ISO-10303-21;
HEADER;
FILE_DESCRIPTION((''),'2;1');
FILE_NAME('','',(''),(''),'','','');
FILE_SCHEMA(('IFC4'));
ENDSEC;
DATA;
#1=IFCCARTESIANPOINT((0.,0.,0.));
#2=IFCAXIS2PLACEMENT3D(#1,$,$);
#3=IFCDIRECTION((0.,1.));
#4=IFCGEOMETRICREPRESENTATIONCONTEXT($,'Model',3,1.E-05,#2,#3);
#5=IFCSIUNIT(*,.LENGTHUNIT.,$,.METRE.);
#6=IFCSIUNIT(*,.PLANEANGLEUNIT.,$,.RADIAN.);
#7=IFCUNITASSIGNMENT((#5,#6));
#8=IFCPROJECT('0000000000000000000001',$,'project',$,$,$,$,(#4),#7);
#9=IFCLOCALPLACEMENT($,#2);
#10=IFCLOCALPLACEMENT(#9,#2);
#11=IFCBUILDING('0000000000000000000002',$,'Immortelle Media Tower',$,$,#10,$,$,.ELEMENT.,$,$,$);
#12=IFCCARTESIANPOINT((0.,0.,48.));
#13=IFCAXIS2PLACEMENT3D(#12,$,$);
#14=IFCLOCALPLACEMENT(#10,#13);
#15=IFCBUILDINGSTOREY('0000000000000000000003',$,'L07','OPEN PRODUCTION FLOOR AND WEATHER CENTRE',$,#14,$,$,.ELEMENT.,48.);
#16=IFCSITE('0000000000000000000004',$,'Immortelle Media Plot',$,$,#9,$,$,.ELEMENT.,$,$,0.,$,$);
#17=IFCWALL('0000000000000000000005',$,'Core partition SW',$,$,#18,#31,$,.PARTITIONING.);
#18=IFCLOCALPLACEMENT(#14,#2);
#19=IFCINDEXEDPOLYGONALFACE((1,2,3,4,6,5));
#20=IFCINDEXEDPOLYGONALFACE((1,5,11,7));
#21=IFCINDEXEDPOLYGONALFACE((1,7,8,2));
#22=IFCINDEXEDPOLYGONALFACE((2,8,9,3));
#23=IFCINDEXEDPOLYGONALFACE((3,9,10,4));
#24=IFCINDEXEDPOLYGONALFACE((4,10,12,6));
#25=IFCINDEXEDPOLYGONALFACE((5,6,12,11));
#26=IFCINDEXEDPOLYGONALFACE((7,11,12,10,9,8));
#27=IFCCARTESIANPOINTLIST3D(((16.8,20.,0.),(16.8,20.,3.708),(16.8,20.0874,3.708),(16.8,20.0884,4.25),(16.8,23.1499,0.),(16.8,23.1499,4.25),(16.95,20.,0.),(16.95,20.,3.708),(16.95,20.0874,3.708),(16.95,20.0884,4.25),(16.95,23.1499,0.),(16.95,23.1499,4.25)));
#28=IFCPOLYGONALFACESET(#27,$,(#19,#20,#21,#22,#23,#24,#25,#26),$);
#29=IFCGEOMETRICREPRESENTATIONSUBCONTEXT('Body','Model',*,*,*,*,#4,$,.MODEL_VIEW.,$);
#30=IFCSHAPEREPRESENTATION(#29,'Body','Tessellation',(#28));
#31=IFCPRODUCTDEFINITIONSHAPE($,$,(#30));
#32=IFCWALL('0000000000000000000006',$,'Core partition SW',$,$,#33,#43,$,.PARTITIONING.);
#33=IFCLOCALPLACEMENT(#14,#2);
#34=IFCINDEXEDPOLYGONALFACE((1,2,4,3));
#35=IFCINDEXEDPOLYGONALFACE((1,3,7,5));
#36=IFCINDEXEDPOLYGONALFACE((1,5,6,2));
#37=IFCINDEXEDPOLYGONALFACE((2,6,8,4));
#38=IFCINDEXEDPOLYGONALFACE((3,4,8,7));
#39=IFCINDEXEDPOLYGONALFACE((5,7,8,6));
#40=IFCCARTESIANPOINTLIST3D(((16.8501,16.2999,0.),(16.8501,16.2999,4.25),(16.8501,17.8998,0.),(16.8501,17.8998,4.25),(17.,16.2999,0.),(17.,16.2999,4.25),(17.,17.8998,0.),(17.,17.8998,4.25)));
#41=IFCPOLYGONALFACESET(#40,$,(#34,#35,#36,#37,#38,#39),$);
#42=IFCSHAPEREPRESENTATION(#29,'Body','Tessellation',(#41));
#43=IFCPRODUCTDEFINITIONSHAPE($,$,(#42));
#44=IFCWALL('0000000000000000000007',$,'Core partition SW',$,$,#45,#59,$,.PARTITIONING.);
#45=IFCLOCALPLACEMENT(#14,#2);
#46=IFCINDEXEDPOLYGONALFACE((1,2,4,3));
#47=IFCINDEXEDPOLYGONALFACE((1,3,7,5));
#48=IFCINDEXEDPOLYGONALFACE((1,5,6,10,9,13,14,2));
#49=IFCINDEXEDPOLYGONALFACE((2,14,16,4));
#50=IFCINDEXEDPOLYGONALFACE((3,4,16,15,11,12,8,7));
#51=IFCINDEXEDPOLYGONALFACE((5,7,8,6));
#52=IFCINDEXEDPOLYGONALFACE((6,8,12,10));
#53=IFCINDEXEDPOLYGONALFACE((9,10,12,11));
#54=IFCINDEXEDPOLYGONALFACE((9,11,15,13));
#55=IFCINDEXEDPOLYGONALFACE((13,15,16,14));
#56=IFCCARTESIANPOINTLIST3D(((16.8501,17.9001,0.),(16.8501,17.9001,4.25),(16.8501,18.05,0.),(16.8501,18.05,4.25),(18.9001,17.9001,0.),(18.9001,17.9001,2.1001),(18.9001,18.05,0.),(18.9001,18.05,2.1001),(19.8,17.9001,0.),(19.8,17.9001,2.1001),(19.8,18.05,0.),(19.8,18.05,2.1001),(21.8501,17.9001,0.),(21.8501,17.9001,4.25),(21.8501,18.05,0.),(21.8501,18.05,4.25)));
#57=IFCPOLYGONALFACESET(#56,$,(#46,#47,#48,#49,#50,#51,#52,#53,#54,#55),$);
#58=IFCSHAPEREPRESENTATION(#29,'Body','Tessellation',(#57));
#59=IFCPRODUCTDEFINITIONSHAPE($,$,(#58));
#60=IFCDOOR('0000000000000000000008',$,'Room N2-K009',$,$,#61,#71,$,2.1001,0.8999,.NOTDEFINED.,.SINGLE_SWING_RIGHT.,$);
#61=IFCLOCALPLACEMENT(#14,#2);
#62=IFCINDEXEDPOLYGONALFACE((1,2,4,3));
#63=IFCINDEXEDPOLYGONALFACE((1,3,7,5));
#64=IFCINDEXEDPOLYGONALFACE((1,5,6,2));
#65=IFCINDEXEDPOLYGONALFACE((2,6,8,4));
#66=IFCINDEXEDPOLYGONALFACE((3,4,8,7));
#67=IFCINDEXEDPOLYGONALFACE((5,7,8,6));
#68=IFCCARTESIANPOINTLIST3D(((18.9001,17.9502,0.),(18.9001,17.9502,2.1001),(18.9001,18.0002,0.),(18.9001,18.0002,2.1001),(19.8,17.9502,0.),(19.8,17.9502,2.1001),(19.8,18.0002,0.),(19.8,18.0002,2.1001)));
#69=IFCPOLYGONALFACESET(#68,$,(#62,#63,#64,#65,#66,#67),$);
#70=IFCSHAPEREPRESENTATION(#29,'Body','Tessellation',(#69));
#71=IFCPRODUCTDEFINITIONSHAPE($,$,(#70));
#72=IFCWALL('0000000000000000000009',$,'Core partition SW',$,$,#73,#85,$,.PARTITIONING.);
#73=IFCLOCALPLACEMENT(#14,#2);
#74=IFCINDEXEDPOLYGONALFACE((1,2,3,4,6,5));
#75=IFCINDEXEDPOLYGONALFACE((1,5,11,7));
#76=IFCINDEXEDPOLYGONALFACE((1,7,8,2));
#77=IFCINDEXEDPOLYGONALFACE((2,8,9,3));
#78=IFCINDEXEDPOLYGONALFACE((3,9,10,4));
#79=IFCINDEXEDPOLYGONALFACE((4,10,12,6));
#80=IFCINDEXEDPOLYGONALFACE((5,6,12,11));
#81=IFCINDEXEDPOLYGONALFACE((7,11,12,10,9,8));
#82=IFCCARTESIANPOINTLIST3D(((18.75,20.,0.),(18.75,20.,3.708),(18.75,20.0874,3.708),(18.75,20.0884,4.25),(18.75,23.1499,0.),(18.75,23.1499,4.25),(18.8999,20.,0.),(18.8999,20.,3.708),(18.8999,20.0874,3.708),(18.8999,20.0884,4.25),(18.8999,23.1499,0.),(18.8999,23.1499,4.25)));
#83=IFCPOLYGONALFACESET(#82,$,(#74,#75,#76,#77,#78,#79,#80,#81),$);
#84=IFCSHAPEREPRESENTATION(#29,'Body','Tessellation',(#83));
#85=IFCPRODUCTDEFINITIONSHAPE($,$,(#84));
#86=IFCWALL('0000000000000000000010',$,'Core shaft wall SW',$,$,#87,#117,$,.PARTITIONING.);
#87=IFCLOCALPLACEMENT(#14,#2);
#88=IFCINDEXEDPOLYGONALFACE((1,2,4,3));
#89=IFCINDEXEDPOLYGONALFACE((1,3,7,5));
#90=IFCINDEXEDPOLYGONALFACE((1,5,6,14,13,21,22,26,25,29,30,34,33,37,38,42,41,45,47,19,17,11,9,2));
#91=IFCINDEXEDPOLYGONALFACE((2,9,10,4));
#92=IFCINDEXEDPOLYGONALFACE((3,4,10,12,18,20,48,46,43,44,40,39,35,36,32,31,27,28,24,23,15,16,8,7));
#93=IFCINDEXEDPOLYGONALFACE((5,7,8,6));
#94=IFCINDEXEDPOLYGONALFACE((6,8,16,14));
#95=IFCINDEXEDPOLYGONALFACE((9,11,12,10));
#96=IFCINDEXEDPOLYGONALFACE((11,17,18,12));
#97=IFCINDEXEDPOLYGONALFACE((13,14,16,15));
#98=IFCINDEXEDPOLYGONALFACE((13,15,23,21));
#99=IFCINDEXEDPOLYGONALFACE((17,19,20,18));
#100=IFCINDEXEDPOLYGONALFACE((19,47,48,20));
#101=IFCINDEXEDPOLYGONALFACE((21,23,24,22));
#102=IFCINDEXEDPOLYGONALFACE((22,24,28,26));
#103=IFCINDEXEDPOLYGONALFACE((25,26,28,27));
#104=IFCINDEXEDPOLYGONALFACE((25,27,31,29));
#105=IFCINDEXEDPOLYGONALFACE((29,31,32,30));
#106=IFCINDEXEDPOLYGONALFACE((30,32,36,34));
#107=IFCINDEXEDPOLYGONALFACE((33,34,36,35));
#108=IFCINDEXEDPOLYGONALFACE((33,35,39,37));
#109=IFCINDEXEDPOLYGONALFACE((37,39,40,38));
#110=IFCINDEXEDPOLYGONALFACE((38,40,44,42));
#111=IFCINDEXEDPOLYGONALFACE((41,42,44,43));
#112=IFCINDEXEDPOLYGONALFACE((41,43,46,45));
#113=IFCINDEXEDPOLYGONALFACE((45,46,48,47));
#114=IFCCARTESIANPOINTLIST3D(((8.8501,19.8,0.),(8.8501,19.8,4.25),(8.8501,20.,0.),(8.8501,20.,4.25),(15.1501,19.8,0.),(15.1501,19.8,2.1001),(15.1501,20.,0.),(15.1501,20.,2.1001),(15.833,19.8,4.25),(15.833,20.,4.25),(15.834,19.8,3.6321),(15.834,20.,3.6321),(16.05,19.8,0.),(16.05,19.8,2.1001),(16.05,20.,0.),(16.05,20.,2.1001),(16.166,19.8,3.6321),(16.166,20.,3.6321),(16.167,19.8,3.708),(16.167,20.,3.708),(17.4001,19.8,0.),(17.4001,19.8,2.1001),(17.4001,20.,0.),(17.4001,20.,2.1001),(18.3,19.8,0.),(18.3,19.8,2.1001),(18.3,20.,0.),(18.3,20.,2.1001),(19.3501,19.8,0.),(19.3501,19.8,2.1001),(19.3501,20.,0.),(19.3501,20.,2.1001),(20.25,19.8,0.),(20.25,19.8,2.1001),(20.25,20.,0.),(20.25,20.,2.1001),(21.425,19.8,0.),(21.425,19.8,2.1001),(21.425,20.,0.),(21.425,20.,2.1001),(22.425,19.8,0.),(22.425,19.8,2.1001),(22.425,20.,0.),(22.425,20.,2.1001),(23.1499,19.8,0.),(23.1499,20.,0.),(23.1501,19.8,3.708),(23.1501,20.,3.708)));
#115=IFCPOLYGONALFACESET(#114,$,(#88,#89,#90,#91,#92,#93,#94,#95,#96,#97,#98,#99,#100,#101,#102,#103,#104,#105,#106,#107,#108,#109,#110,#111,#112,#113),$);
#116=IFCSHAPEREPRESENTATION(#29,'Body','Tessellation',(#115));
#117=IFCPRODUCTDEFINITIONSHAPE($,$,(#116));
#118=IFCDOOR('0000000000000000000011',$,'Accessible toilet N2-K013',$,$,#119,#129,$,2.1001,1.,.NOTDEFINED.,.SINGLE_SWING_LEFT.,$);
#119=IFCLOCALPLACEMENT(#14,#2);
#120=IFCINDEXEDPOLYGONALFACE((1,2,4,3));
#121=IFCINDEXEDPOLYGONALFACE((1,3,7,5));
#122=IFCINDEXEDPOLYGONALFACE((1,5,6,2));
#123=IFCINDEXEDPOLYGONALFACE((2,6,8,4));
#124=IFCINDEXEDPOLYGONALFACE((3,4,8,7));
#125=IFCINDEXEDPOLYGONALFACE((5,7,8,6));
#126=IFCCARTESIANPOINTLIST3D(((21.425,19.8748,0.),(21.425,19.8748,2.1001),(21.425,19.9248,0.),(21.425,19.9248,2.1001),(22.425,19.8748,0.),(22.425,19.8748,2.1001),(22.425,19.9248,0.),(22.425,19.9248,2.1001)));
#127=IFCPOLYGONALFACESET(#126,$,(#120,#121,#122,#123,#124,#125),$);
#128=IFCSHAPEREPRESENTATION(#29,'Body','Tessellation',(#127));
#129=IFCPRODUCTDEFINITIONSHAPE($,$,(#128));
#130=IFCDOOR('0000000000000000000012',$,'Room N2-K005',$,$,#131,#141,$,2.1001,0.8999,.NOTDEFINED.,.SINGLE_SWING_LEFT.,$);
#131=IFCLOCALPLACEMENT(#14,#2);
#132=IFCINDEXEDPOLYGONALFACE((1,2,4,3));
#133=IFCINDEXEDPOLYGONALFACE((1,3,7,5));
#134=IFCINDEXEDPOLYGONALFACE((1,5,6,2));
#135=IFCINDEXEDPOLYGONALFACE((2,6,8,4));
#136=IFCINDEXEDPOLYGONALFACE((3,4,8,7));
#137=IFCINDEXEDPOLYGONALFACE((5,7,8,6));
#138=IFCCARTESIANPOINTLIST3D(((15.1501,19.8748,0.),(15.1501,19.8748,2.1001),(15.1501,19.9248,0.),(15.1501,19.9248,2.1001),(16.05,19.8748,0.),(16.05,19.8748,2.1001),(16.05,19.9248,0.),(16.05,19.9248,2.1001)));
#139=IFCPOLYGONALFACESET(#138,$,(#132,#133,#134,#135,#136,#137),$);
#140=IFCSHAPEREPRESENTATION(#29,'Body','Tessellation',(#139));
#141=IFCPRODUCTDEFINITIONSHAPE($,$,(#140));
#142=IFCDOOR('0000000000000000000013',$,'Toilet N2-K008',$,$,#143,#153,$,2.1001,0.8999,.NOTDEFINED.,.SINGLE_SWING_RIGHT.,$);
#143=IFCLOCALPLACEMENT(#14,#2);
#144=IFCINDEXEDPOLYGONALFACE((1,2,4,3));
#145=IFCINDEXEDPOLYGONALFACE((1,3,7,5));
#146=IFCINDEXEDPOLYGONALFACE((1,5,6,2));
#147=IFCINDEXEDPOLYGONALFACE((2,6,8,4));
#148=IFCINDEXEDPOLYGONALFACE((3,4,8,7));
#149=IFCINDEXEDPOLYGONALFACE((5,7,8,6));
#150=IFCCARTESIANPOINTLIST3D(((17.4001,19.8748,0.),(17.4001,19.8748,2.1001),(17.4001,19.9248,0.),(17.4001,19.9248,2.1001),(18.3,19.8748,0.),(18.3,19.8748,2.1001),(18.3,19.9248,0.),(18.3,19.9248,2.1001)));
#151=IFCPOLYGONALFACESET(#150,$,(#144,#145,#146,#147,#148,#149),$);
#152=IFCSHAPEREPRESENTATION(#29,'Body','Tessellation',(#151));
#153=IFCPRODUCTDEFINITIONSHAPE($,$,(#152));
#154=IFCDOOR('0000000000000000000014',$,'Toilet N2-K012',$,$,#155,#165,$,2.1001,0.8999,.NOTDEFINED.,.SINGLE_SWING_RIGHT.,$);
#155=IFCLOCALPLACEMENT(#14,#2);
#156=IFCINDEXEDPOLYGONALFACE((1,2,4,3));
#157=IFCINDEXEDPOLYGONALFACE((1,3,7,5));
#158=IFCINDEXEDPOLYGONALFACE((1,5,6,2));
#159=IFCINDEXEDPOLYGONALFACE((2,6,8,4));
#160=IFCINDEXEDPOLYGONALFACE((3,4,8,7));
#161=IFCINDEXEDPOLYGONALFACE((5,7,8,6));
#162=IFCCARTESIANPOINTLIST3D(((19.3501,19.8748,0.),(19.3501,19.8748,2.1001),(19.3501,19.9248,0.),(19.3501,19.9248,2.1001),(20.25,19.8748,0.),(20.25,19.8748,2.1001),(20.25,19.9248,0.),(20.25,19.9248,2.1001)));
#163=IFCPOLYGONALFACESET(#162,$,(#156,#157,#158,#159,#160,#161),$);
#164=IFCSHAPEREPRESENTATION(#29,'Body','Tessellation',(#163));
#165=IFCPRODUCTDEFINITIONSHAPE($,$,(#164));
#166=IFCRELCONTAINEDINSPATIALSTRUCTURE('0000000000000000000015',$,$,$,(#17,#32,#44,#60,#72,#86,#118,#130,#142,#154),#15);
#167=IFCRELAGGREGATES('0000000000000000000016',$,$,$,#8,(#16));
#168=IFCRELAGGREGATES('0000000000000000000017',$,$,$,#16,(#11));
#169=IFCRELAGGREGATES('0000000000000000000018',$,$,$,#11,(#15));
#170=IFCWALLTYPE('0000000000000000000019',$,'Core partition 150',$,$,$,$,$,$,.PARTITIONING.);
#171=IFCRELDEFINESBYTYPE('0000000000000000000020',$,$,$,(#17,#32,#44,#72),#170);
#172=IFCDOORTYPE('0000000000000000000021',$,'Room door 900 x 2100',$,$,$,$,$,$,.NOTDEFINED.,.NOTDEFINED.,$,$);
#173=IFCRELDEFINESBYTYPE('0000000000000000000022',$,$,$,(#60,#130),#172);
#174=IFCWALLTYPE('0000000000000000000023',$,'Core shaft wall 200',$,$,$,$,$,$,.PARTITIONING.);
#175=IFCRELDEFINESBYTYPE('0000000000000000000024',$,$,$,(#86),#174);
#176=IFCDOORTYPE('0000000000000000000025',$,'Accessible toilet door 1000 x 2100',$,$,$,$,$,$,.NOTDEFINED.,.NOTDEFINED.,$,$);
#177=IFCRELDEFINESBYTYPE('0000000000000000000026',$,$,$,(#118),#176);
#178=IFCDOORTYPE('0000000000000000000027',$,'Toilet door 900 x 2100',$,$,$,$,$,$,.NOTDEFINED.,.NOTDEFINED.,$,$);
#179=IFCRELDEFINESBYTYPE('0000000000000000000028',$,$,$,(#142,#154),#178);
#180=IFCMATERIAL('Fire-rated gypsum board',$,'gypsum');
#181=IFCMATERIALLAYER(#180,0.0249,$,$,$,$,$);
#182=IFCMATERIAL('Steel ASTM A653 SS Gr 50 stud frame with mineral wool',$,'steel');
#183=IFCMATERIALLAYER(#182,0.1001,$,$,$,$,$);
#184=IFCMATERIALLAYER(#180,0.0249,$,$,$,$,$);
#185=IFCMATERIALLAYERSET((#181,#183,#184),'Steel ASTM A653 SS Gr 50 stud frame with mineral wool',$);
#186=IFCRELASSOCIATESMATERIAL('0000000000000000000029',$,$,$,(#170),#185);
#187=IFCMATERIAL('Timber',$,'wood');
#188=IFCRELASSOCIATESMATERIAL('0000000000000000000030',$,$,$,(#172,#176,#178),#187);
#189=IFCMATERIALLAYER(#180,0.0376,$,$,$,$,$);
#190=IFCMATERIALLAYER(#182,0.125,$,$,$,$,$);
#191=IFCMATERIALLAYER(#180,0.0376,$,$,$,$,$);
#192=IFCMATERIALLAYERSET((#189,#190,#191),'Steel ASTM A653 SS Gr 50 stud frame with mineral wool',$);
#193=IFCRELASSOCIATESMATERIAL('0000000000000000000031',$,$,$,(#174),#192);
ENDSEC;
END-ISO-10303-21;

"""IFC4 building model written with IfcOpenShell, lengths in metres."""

from ifc_helpers import new_model, si_unit, direction, frame, frame_2d, origin, place, context, subcontext, project, spatial, polyline, rectangle, outline, extrude, material, layer, layer_set, type_object, element, fill, save


model = new_model("IFC4")

# Units and contexts
model_context = context("Model", 3, precision=1e-05, world=origin(), true_north=direction((0.0, 1.0)))
body_context = subcontext(model_context, "Body", "Model", "MODEL_VIEW")
ifc_project = project(units=[si_unit("LENGTHUNIT", "METRE"), si_unit("PLANEANGLEUNIT", "RADIAN")], contexts=[model_context])

# Site, building, storey
site_placement = place(None, origin())
site = spatial("IfcSite", under=ifc_project, at=site_placement, Name="Immortelle Media Plot", CompositionType="ELEMENT", RefElevation=0.0)
building_placement = place(site_placement, origin())
building = spatial("IfcBuilding", under=site, at=building_placement, Name="Immortelle Media Tower", CompositionType="ELEMENT")
storey_placement = place(building_placement, frame((0.0, 0.0, 48.0)))
storey = spatial("IfcBuildingStorey", under=building, at=storey_placement, Name="L07", Description="OPEN PRODUCTION FLOOR AND WEATHER CENTRE", CompositionType="ELEMENT", Elevation=48.0)

# Shared definitions
ifc_material_1 = material(Name="Fire-rated gypsum board", Category="gypsum")
ifc_layer_1 = layer(ifc_material_1, 0.0249)
ifc_material_2 = material(Name="Steel ASTM A653 SS Gr 50 stud frame with mineral wool", Category="steel")
ifc_layer_2 = layer(ifc_material_2, 0.1001)
ifc_layer_3 = layer(ifc_material_1, 0.0249)
ifc_layer_set_1 = layer_set([ifc_layer_1, ifc_layer_2, ifc_layer_3], Name="Steel ASTM A653 SS Gr 50 stud frame with mineral wool")
wall_type_1 = type_object("IfcWallType", Name="Core partition 150", PredefinedType="PARTITIONING", material=ifc_layer_set_1)

# Shared definitions
ifc_material_3 = material(Name="Timber", Category="wood")
door_type_1 = type_object("IfcDoorType", Name="Room door 900 x 2100", OperationType="NOTDEFINED", PredefinedType="NOTDEFINED", material=ifc_material_3)

# Walls
wall_1_placement = place(storey_placement, frame((16.875, 20.0, 0.0), z_axis=(0.0, 0.0, 1.0), x_axis=(0.0, 1.0, 0.0)))
element("IfcWall", 1, at=wall_1_placement, inside=storey, type_object=wall_type_1, Name="Core partition SW", PredefinedType="PARTITIONING", context=body_context, shape_type="SweptSolid", body=[
    extrude(outline(polyline([(0.0, 0.0), (3.1499, 0.0), (3.1499, 4.25), (0.0884, 4.25), (0.0874, 3.708), (0.0, 3.708), (0.0, 0.0)])), frame((0.0, 0.075, 0.0), z_axis=(0.0, -1.0, 0.0), x_axis=(1.0, 0.0, 0.0)), (0.0, 0.0, 1.0), 0.1499),
])
wall_2_placement = place(storey_placement, frame((16.925, 16.3, 0.0), z_axis=(0.0, 0.0, 1.0), x_axis=(0.0, 1.0, 0.0)))
element("IfcWall", 2, at=wall_2_placement, inside=storey, type_object=wall_type_1, Name="Core partition SW", PredefinedType="PARTITIONING", context=body_context, shape_type="SweptSolid", body=[
    extrude(rectangle(XDim=1.5999, YDim=0.1499, at=frame_2d((0.7998, 0.0))), origin(), (0.0, 0.0, 1.0), 4.25),
])

# Wall, opening, door
wall_3_placement = place(storey_placement, frame((16.8501, 17.9751, 0.0), z_axis=(0.0, 0.0, 1.0), x_axis=(1.0, 0.0, 0.0)))
wall_3 = element("IfcWall", 3, at=wall_3_placement, inside=storey, type_object=wall_type_1, Name="Core partition SW", PredefinedType="PARTITIONING", context=body_context, shape_type="SweptSolid", body=[
    extrude(rectangle(XDim=5.0, YDim=0.1499, at=frame_2d((2.5, 0.0))), origin(), (0.0, 0.0, 1.0), 4.25),
])
opening_1_placement = place(wall_3_placement, frame((2.95, 0.0, 0.0), z_axis=(0.0, 0.0, 1.0), x_axis=(-1.0, 0.0, 0.0)))
opening_1 = element("IfcOpeningElement", 4, at=opening_1_placement, cuts=wall_3, PredefinedType="OPENING", context=body_context, shape_type="SweptSolid", body=[
    extrude(rectangle(XDim=0.8999, YDim=2.1001, at=frame_2d((0.45, 1.05))), frame((0.0, 0.085, 0.0), z_axis=(0.0, -1.0, 0.0), x_axis=(1.0, 0.0, 0.0)), (0.0, 0.0, 1.0), 0.1699),
])
door_1_placement = place(opening_1_placement, origin())
door_1 = element("IfcDoor", 5, at=door_1_placement, inside=storey, type_object=door_type_1, Name="Room N2-K009", OperationType="SINGLE_SWING_RIGHT", OverallHeight=2.1001, OverallWidth=0.8999, PredefinedType="NOTDEFINED", context=body_context, shape_type="SweptSolid", body=[
    extrude(rectangle(XDim=0.8999, YDim=2.1001, at=frame_2d((0.45, 1.05))), frame((0.0, 0.0249, 0.0), z_axis=(0.0, -1.0, 0.0), x_axis=(1.0, 0.0, 0.0)), (0.0, 0.0, 1.0), 0.05),
])
fill(opening_1, door_1)

# Wall
wall_4_placement = place(storey_placement, frame((18.825, 20.0, 0.0), z_axis=(0.0, 0.0, 1.0), x_axis=(0.0, 1.0, 0.0)))
element("IfcWall", 6, at=wall_4_placement, inside=storey, type_object=wall_type_1, Name="Core partition SW", PredefinedType="PARTITIONING", context=body_context, shape_type="SweptSolid", body=[
    extrude(outline(polyline([(0.0, 0.0), (3.1499, 0.0), (3.1499, 4.25), (0.0884, 4.25), (0.0874, 3.708), (0.0, 3.708), (0.0, 0.0)])), frame((0.0, 0.075, 0.0), z_axis=(0.0, -1.0, 0.0), x_axis=(1.0, 0.0, 0.0)), (0.0, 0.0, 1.0), 0.1499),
])

# Wall, openings, doors
ifc_layer_4 = layer(ifc_material_1, 0.0376)
ifc_layer_5 = layer(ifc_material_2, 0.125)
ifc_layer_6 = layer(ifc_material_1, 0.0376)
ifc_layer_set_2 = layer_set([ifc_layer_4, ifc_layer_5, ifc_layer_6], Name="Steel ASTM A653 SS Gr 50 stud frame with mineral wool")
wall_type_2 = type_object("IfcWallType", Name="Core shaft wall 200", PredefinedType="PARTITIONING", material=ifc_layer_set_2)
wall_5_placement = place(storey_placement, frame((8.8501, 19.8999, 0.0), z_axis=(0.0, 0.0, 1.0), x_axis=(1.0, 0.0, 0.0)))
wall_5 = element("IfcWall", 7, at=wall_5_placement, inside=storey, type_object=wall_type_2, Name="Core shaft wall SW", PredefinedType="PARTITIONING", context=body_context, shape_type="SweptSolid", body=[
    extrude(outline(polyline([(0.0, 0.0), (14.2998, 0.0), (14.3, 3.708), (7.3169, 3.708), (7.3159, 3.6321), (6.9839, 3.6321), (6.9829, 4.25), (0.0, 4.25), (0.0, 0.0)])), frame((0.0, 0.1001, 0.0), z_axis=(0.0, -1.0, 0.0), x_axis=(1.0, 0.0, 0.0)), (0.0, 0.0, 1.0), 0.2),
])
opening_2_placement = place(wall_5_placement, frame((6.3, 0.0, 0.0)))
opening_2 = element("IfcOpeningElement", 8, at=opening_2_placement, cuts=wall_5, PredefinedType="OPENING", context=body_context, shape_type="SweptSolid", body=[
    extrude(rectangle(XDim=0.8999, YDim=2.1001, at=frame_2d((0.45, 1.05))), frame((0.0, 0.1099, 0.0), z_axis=(0.0, -1.0, 0.0), x_axis=(1.0, 0.0, 0.0)), (0.0, 0.0, 1.0), 0.22),
])
opening_3_placement = place(wall_5_placement, frame((8.55, 0.0, 0.0)))
opening_3 = element("IfcOpeningElement", 9, at=opening_3_placement, cuts=wall_5, PredefinedType="OPENING", context=body_context, shape_type="SweptSolid", body=[
    extrude(rectangle(XDim=0.8999, YDim=2.1001, at=frame_2d((0.45, 1.05))), frame((0.0, 0.1099, 0.0), z_axis=(0.0, -1.0, 0.0), x_axis=(1.0, 0.0, 0.0)), (0.0, 0.0, 1.0), 0.22),
])
opening_4_placement = place(wall_5_placement, frame((10.5, 0.0, 0.0)))
opening_4 = element("IfcOpeningElement", 10, at=opening_4_placement, cuts=wall_5, PredefinedType="OPENING", context=body_context, shape_type="SweptSolid", body=[
    extrude(rectangle(XDim=0.8999, YDim=2.1001, at=frame_2d((0.45, 1.05))), frame((0.0, 0.1099, 0.0), z_axis=(0.0, -1.0, 0.0), x_axis=(1.0, 0.0, 0.0)), (0.0, 0.0, 1.0), 0.22),
])
opening_5_placement = place(wall_5_placement, frame((12.575, 0.0, 0.0)))
opening_5 = element("IfcOpeningElement", 11, at=opening_5_placement, cuts=wall_5, PredefinedType="OPENING", context=body_context, shape_type="SweptSolid", body=[
    extrude(rectangle(XDim=1.0, YDim=2.1001, at=frame_2d((0.5, 1.05))), frame((0.0, 0.1099, 0.0), z_axis=(0.0, -1.0, 0.0), x_axis=(1.0, 0.0, 0.0)), (0.0, 0.0, 1.0), 0.22),
])
door_type_2 = type_object("IfcDoorType", Name="Accessible toilet door 1000 x 2100", OperationType="NOTDEFINED", PredefinedType="NOTDEFINED", material=ifc_material_3)
door_2_placement = place(opening_5_placement, origin())
door_2 = element("IfcDoor", 12, at=door_2_placement, inside=storey, type_object=door_type_2, Name="Accessible toilet N2-K013", OperationType="SINGLE_SWING_LEFT", OverallHeight=2.1001, OverallWidth=1.0, PredefinedType="NOTDEFINED", context=body_context, shape_type="SweptSolid", body=[
    extrude(rectangle(XDim=1.0, YDim=2.1001, at=frame_2d((0.5, 1.05))), frame((0.0, 0.0249, 0.0), z_axis=(0.0, -1.0, 0.0), x_axis=(1.0, 0.0, 0.0)), (0.0, 0.0, 1.0), 0.05),
])
fill(opening_5, door_2)
door_3_placement = place(opening_2_placement, origin())
door_3 = element("IfcDoor", 13, at=door_3_placement, inside=storey, type_object=door_type_1, Name="Room N2-K005", OperationType="SINGLE_SWING_LEFT", OverallHeight=2.1001, OverallWidth=0.8999, PredefinedType="NOTDEFINED", context=body_context, shape_type="SweptSolid", body=[
    extrude(rectangle(XDim=0.8999, YDim=2.1001, at=frame_2d((0.45, 1.05))), frame((0.0, 0.0249, 0.0), z_axis=(0.0, -1.0, 0.0), x_axis=(1.0, 0.0, 0.0)), (0.0, 0.0, 1.0), 0.05),
])
fill(opening_2, door_3)
door_type_3 = type_object("IfcDoorType", Name="Toilet door 900 x 2100", OperationType="NOTDEFINED", PredefinedType="NOTDEFINED", material=ifc_material_3)
door_4_placement = place(opening_3_placement, origin())
door_4 = element("IfcDoor", 14, at=door_4_placement, inside=storey, type_object=door_type_3, Name="Toilet N2-K008", OperationType="SINGLE_SWING_RIGHT", OverallHeight=2.1001, OverallWidth=0.8999, PredefinedType="NOTDEFINED", context=body_context, shape_type="SweptSolid", body=[
    extrude(rectangle(XDim=0.8999, YDim=2.1001, at=frame_2d((0.45, 1.05))), frame((0.0, 0.0249, 0.0), z_axis=(0.0, -1.0, 0.0), x_axis=(1.0, 0.0, 0.0)), (0.0, 0.0, 1.0), 0.05),
])
fill(opening_3, door_4)
door_5_placement = place(opening_4_placement, origin())
door_5 = element("IfcDoor", 15, at=door_5_placement, inside=storey, type_object=door_type_3, Name="Toilet N2-K012", OperationType="SINGLE_SWING_RIGHT", OverallHeight=2.1001, OverallWidth=0.8999, PredefinedType="NOTDEFINED", context=body_context, shape_type="SweptSolid", body=[
    extrude(rectangle(XDim=0.8999, YDim=2.1001, at=frame_2d((0.45, 1.05))), frame((0.0, 0.0249, 0.0), z_axis=(0.0, -1.0, 0.0), x_axis=(1.0, 0.0, 0.0)), (0.0, 0.0, 1.0), 0.05),
])
fill(opening_4, door_5)

save(model, "model.ifc")
